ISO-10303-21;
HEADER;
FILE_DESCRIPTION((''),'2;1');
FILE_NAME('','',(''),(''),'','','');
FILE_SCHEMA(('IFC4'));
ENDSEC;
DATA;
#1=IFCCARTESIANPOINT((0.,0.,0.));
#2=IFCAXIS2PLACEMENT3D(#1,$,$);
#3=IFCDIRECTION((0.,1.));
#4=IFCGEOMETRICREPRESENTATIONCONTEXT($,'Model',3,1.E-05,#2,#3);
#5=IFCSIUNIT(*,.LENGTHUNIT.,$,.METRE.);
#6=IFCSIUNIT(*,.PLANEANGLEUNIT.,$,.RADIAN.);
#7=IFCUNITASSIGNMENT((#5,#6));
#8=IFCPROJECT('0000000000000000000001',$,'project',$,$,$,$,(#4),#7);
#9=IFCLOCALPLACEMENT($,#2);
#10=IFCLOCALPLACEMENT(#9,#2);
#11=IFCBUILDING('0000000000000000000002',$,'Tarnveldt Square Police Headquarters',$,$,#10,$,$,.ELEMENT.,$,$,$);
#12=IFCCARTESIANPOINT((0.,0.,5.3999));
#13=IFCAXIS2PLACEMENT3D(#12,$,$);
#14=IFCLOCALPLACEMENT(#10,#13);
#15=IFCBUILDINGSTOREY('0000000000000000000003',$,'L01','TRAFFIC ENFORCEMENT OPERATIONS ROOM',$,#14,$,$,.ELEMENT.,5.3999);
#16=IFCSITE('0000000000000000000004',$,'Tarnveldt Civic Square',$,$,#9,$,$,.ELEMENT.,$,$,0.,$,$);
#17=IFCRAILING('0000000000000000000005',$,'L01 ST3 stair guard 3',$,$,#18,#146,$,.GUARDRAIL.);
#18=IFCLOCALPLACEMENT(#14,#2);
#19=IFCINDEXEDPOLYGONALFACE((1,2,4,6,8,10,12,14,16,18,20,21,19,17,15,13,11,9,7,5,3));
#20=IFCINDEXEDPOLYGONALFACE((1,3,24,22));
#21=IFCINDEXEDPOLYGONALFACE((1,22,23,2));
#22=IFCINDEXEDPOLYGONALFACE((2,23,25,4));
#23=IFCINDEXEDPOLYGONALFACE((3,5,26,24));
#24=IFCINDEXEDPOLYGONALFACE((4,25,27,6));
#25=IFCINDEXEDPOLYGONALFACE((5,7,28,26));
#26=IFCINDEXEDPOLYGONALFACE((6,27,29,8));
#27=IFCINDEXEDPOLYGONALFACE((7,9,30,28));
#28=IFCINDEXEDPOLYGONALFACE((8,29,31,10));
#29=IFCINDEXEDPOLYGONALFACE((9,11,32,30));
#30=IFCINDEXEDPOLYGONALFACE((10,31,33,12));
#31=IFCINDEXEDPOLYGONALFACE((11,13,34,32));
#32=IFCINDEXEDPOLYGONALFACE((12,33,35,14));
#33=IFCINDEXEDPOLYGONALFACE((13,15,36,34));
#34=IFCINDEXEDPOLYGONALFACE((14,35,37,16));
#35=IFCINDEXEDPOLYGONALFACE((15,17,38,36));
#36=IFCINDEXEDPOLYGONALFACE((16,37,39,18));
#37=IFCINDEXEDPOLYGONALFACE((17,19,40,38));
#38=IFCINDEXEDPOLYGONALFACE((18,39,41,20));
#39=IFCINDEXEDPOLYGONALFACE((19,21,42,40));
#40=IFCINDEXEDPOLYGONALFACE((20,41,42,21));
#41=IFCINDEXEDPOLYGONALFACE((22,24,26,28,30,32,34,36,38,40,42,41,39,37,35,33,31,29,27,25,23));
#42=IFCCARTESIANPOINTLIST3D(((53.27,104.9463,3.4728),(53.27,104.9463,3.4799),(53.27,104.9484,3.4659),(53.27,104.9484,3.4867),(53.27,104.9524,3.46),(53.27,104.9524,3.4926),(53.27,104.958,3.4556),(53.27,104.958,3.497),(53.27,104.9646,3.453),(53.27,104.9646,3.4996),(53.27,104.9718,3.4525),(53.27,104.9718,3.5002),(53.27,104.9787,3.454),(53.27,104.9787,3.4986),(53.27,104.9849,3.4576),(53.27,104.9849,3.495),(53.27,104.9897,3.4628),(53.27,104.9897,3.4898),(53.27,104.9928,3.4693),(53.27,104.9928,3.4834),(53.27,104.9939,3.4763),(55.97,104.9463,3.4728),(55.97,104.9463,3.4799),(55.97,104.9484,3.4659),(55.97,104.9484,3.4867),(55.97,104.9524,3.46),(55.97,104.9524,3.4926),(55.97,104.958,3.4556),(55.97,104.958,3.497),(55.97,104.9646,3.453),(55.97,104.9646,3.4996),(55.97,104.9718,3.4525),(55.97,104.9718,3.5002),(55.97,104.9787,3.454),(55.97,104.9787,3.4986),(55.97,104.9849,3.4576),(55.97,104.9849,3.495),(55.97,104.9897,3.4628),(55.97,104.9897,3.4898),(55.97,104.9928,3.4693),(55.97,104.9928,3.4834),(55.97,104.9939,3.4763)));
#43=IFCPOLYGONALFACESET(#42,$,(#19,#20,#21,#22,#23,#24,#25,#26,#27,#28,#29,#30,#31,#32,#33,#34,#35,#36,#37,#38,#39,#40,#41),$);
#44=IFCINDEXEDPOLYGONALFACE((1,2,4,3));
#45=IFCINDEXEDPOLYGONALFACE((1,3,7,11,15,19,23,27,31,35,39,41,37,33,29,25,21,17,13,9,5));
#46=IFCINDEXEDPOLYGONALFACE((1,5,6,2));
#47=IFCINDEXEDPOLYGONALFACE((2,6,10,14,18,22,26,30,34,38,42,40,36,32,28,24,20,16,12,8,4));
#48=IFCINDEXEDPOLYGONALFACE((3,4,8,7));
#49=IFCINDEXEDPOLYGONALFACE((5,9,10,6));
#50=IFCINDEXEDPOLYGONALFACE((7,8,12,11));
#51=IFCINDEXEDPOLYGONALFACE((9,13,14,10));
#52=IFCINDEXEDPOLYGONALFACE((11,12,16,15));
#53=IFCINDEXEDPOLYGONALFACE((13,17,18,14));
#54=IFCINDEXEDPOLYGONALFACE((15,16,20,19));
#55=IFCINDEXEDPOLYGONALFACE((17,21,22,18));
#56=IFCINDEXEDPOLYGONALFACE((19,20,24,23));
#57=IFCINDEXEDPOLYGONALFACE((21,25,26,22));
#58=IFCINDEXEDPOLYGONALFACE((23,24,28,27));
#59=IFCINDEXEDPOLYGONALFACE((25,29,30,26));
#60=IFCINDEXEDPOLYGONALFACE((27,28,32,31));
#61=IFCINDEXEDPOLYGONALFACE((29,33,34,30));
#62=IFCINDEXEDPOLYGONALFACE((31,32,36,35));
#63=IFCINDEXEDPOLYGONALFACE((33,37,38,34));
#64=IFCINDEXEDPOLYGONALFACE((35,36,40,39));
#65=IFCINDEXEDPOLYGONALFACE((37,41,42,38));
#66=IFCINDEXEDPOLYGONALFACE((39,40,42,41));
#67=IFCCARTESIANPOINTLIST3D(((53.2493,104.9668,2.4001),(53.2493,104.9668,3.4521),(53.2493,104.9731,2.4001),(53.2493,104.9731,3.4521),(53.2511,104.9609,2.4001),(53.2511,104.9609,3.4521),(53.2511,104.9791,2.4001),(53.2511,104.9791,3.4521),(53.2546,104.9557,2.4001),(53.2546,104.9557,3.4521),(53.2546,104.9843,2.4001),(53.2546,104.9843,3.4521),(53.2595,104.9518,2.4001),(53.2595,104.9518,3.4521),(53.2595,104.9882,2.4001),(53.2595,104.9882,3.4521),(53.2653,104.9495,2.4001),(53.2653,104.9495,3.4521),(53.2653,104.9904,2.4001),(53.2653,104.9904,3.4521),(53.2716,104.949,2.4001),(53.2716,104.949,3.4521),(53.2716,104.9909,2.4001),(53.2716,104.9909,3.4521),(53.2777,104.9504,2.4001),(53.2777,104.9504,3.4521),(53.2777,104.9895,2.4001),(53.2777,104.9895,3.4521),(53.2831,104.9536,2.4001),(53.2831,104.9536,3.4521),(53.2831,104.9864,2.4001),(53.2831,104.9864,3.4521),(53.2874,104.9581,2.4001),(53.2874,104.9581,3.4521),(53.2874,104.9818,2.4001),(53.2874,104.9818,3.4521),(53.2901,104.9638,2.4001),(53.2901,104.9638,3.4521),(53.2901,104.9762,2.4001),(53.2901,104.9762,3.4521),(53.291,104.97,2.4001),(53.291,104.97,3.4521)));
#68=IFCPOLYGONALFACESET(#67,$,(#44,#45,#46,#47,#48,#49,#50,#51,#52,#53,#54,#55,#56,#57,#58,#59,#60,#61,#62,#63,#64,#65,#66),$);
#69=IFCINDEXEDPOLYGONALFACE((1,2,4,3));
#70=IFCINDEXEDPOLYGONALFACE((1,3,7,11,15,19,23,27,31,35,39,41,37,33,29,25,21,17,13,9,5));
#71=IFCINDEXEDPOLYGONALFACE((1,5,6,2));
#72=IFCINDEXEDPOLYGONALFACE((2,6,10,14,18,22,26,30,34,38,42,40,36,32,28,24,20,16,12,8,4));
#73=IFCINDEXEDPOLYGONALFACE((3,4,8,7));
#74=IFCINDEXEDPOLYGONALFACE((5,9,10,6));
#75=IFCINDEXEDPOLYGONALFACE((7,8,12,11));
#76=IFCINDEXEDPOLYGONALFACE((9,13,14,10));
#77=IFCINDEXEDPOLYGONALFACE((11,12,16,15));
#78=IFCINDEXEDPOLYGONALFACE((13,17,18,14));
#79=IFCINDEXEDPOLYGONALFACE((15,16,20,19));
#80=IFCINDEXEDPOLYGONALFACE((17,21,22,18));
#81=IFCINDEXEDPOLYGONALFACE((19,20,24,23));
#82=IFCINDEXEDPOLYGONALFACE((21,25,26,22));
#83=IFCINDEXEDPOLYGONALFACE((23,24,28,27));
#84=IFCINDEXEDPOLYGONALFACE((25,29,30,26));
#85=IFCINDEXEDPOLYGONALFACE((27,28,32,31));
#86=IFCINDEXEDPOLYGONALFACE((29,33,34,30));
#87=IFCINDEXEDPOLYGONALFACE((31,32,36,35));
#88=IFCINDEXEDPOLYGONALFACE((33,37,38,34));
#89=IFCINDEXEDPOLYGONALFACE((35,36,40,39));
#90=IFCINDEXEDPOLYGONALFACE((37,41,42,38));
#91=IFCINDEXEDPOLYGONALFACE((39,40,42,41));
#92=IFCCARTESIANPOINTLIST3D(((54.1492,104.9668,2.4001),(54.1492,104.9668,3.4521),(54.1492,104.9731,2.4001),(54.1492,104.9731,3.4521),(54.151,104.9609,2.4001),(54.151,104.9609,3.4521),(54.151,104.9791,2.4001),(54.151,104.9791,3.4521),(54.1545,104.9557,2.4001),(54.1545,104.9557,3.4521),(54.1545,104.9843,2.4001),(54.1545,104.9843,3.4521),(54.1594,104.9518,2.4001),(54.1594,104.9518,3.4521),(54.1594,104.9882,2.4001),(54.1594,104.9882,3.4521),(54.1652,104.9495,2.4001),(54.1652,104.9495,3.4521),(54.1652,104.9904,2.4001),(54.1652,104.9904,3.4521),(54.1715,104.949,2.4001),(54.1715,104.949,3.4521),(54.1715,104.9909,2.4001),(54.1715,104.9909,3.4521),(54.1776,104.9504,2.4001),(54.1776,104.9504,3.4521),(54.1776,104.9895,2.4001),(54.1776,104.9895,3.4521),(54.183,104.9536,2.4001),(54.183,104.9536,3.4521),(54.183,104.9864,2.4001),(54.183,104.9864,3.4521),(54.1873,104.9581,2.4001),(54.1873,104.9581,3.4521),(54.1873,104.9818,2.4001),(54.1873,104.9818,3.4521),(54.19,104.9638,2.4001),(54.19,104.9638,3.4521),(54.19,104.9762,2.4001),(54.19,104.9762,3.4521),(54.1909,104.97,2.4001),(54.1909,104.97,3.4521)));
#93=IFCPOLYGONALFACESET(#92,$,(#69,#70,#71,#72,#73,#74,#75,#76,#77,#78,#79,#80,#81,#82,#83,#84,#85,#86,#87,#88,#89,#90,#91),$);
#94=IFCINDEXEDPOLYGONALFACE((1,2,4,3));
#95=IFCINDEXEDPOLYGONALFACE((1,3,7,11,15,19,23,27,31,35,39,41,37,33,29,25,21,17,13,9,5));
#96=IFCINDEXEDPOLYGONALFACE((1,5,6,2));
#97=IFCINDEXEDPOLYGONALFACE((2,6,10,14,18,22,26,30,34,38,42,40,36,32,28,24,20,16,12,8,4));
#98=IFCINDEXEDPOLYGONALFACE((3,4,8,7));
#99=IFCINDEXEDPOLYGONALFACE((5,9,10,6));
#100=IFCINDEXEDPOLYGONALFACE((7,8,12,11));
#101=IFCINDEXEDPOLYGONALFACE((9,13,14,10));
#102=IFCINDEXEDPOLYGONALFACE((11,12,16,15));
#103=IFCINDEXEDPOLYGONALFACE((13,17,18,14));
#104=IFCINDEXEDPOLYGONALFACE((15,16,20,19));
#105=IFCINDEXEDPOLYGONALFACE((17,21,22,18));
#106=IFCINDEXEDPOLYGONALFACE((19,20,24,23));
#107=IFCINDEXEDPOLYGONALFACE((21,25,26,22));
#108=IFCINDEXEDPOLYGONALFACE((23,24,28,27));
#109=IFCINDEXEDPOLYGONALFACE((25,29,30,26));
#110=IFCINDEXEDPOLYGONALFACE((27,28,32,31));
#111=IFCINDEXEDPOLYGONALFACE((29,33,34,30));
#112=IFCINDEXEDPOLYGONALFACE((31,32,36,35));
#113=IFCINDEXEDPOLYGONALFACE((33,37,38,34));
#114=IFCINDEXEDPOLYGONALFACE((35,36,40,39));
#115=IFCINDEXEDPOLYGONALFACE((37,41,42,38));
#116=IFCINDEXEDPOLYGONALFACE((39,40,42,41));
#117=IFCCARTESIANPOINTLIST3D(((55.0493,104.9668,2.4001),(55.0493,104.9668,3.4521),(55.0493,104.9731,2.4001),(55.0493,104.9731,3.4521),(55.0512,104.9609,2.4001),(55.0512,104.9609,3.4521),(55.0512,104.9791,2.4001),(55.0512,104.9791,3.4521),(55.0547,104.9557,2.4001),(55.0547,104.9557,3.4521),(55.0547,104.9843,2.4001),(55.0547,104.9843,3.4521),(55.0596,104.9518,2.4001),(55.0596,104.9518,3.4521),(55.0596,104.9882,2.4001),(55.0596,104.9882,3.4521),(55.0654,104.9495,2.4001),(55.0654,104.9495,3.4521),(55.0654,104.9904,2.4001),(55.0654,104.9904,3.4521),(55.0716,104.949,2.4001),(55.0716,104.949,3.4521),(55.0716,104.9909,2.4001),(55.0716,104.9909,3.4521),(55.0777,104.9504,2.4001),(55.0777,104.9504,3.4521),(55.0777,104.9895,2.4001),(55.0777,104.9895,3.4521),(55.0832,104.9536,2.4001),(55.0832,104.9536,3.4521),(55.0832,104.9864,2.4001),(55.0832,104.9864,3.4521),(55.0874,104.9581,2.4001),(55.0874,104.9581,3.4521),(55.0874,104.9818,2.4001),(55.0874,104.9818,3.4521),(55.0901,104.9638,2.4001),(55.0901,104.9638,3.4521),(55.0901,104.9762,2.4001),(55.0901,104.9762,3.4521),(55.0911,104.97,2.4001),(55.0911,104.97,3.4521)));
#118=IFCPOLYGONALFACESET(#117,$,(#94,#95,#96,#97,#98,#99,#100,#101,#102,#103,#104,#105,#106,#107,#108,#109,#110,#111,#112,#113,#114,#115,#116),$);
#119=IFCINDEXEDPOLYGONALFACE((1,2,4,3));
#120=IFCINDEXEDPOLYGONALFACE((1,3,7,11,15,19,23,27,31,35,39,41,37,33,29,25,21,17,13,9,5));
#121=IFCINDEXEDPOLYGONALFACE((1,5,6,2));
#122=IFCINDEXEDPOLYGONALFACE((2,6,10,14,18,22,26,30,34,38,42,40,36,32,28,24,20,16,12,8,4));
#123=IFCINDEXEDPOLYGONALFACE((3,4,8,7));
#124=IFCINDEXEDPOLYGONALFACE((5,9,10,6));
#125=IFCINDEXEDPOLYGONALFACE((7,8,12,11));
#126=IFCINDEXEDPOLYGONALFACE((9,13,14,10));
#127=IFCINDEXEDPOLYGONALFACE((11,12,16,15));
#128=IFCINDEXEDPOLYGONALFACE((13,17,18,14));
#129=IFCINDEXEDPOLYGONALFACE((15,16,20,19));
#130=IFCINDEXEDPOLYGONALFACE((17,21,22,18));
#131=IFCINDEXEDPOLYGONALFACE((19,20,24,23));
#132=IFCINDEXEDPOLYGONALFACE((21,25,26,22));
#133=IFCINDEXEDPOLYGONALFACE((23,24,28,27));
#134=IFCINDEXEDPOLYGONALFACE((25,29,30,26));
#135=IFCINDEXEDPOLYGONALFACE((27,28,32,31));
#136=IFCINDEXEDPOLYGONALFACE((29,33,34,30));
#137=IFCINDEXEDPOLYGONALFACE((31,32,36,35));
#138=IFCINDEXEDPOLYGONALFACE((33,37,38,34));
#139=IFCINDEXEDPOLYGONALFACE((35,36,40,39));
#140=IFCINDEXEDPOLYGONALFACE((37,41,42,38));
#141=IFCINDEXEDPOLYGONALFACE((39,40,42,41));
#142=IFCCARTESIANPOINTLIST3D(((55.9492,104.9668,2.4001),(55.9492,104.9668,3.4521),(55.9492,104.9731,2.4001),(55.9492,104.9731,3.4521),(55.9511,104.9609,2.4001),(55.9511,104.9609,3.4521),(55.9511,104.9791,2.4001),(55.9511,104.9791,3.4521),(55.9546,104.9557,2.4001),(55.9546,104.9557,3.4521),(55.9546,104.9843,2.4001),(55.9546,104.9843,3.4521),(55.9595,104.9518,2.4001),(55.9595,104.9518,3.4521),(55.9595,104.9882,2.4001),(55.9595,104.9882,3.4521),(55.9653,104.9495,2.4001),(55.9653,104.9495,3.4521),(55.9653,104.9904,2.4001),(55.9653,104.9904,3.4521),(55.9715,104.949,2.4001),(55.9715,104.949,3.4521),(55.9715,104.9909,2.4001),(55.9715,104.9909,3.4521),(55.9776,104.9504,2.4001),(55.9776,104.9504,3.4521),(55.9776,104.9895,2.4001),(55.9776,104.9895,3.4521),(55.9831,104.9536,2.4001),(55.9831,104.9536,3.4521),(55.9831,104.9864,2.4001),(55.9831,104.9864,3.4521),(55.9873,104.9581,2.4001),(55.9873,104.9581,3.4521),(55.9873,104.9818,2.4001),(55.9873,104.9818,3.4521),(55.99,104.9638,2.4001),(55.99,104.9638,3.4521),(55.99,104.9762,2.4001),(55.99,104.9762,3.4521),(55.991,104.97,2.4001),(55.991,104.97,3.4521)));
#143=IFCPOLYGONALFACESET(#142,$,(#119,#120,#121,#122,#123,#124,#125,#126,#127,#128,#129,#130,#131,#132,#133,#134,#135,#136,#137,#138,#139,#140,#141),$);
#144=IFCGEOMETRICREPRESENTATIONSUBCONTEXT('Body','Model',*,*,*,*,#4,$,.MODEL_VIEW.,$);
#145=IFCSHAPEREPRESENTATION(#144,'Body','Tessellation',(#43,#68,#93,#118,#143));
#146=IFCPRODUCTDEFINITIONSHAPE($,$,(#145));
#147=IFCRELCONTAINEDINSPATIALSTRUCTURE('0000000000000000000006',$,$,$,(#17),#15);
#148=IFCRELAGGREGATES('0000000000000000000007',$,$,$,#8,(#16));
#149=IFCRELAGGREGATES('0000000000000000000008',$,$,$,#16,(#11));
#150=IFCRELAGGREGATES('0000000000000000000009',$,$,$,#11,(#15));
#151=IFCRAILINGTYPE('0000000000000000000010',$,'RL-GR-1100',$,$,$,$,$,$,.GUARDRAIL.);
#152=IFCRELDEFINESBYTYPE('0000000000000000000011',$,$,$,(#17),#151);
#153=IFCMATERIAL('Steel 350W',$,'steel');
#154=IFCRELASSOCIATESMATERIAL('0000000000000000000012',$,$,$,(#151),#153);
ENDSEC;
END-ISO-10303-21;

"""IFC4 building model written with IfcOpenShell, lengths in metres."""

from ifc_helpers import new_model, si_unit, direction, frame, origin, origin_2d, place, context, subcontext, project, spatial, circle, extrude, material, type_object, element, save


model = new_model("IFC4")

# Units and contexts
model_context = context("Model", 3, precision=1e-05, world=origin(), true_north=direction((0.0, 1.0)))
body_context = subcontext(model_context, "Body", "Model", "MODEL_VIEW")
ifc_project = project(units=[si_unit("LENGTHUNIT", "METRE"), si_unit("PLANEANGLEUNIT", "RADIAN")], contexts=[model_context])

# Site, building, storey
site_placement = place(None, origin())
site = spatial("IfcSite", under=ifc_project, at=site_placement, Name="Tarnveldt Civic Square", CompositionType="ELEMENT", RefElevation=0.0)
building_placement = place(site_placement, origin())
building = spatial("IfcBuilding", under=site, at=building_placement, Name="Tarnveldt Square Police Headquarters", CompositionType="ELEMENT")
storey_placement = place(building_placement, frame((0.0, 0.0, 5.3999)))
storey = spatial("IfcBuildingStorey", under=building, at=storey_placement, Name="L01", Description="TRAFFIC ENFORCEMENT OPERATIONS ROOM", CompositionType="ELEMENT", Elevation=5.3999)

# Railing
ifc_material_1 = material(Name="Steel 350W", Category="steel")
railing_type_1 = type_object("IfcRailingType", Name="RL-GR-1100", PredefinedType="GUARDRAIL", material=ifc_material_1)
railing_1_placement = place(storey_placement, frame((53.27, 104.97, 2.4001)))
element("IfcRailing", 1, at=railing_1_placement, inside=storey, type_object=railing_type_1, Name="L01 ST3 stair guard 3", PredefinedType="GUARDRAIL", context=body_context, shape_type="SweptSolid", body=[
    extrude(circle(Radius=0.0239, at=origin_2d()), frame((0.0, 0.0, 1.0762), z_axis=(1.0, 0.0, 0.0), x_axis=(0.0, 1.0, 0.0)), (0.0, 0.0, 1.0), 2.7),
    extrude(circle(Radius=0.021, at=origin_2d()), origin(), (0.0, 0.0, 1.0), 1.052),
    extrude(circle(Radius=0.021, at=origin_2d()), frame((0.8999, 0.0, 0.0)), (0.0, 0.0, 1.0), 1.052),
    extrude(circle(Radius=0.021, at=origin_2d()), frame((1.8, 0.0, 0.0)), (0.0, 0.0, 1.0), 1.052),
    extrude(circle(Radius=0.021, at=origin_2d()), frame((2.7, 0.0, 0.0)), (0.0, 0.0, 1.0), 1.052),
])

save(model, "model.ifc")
